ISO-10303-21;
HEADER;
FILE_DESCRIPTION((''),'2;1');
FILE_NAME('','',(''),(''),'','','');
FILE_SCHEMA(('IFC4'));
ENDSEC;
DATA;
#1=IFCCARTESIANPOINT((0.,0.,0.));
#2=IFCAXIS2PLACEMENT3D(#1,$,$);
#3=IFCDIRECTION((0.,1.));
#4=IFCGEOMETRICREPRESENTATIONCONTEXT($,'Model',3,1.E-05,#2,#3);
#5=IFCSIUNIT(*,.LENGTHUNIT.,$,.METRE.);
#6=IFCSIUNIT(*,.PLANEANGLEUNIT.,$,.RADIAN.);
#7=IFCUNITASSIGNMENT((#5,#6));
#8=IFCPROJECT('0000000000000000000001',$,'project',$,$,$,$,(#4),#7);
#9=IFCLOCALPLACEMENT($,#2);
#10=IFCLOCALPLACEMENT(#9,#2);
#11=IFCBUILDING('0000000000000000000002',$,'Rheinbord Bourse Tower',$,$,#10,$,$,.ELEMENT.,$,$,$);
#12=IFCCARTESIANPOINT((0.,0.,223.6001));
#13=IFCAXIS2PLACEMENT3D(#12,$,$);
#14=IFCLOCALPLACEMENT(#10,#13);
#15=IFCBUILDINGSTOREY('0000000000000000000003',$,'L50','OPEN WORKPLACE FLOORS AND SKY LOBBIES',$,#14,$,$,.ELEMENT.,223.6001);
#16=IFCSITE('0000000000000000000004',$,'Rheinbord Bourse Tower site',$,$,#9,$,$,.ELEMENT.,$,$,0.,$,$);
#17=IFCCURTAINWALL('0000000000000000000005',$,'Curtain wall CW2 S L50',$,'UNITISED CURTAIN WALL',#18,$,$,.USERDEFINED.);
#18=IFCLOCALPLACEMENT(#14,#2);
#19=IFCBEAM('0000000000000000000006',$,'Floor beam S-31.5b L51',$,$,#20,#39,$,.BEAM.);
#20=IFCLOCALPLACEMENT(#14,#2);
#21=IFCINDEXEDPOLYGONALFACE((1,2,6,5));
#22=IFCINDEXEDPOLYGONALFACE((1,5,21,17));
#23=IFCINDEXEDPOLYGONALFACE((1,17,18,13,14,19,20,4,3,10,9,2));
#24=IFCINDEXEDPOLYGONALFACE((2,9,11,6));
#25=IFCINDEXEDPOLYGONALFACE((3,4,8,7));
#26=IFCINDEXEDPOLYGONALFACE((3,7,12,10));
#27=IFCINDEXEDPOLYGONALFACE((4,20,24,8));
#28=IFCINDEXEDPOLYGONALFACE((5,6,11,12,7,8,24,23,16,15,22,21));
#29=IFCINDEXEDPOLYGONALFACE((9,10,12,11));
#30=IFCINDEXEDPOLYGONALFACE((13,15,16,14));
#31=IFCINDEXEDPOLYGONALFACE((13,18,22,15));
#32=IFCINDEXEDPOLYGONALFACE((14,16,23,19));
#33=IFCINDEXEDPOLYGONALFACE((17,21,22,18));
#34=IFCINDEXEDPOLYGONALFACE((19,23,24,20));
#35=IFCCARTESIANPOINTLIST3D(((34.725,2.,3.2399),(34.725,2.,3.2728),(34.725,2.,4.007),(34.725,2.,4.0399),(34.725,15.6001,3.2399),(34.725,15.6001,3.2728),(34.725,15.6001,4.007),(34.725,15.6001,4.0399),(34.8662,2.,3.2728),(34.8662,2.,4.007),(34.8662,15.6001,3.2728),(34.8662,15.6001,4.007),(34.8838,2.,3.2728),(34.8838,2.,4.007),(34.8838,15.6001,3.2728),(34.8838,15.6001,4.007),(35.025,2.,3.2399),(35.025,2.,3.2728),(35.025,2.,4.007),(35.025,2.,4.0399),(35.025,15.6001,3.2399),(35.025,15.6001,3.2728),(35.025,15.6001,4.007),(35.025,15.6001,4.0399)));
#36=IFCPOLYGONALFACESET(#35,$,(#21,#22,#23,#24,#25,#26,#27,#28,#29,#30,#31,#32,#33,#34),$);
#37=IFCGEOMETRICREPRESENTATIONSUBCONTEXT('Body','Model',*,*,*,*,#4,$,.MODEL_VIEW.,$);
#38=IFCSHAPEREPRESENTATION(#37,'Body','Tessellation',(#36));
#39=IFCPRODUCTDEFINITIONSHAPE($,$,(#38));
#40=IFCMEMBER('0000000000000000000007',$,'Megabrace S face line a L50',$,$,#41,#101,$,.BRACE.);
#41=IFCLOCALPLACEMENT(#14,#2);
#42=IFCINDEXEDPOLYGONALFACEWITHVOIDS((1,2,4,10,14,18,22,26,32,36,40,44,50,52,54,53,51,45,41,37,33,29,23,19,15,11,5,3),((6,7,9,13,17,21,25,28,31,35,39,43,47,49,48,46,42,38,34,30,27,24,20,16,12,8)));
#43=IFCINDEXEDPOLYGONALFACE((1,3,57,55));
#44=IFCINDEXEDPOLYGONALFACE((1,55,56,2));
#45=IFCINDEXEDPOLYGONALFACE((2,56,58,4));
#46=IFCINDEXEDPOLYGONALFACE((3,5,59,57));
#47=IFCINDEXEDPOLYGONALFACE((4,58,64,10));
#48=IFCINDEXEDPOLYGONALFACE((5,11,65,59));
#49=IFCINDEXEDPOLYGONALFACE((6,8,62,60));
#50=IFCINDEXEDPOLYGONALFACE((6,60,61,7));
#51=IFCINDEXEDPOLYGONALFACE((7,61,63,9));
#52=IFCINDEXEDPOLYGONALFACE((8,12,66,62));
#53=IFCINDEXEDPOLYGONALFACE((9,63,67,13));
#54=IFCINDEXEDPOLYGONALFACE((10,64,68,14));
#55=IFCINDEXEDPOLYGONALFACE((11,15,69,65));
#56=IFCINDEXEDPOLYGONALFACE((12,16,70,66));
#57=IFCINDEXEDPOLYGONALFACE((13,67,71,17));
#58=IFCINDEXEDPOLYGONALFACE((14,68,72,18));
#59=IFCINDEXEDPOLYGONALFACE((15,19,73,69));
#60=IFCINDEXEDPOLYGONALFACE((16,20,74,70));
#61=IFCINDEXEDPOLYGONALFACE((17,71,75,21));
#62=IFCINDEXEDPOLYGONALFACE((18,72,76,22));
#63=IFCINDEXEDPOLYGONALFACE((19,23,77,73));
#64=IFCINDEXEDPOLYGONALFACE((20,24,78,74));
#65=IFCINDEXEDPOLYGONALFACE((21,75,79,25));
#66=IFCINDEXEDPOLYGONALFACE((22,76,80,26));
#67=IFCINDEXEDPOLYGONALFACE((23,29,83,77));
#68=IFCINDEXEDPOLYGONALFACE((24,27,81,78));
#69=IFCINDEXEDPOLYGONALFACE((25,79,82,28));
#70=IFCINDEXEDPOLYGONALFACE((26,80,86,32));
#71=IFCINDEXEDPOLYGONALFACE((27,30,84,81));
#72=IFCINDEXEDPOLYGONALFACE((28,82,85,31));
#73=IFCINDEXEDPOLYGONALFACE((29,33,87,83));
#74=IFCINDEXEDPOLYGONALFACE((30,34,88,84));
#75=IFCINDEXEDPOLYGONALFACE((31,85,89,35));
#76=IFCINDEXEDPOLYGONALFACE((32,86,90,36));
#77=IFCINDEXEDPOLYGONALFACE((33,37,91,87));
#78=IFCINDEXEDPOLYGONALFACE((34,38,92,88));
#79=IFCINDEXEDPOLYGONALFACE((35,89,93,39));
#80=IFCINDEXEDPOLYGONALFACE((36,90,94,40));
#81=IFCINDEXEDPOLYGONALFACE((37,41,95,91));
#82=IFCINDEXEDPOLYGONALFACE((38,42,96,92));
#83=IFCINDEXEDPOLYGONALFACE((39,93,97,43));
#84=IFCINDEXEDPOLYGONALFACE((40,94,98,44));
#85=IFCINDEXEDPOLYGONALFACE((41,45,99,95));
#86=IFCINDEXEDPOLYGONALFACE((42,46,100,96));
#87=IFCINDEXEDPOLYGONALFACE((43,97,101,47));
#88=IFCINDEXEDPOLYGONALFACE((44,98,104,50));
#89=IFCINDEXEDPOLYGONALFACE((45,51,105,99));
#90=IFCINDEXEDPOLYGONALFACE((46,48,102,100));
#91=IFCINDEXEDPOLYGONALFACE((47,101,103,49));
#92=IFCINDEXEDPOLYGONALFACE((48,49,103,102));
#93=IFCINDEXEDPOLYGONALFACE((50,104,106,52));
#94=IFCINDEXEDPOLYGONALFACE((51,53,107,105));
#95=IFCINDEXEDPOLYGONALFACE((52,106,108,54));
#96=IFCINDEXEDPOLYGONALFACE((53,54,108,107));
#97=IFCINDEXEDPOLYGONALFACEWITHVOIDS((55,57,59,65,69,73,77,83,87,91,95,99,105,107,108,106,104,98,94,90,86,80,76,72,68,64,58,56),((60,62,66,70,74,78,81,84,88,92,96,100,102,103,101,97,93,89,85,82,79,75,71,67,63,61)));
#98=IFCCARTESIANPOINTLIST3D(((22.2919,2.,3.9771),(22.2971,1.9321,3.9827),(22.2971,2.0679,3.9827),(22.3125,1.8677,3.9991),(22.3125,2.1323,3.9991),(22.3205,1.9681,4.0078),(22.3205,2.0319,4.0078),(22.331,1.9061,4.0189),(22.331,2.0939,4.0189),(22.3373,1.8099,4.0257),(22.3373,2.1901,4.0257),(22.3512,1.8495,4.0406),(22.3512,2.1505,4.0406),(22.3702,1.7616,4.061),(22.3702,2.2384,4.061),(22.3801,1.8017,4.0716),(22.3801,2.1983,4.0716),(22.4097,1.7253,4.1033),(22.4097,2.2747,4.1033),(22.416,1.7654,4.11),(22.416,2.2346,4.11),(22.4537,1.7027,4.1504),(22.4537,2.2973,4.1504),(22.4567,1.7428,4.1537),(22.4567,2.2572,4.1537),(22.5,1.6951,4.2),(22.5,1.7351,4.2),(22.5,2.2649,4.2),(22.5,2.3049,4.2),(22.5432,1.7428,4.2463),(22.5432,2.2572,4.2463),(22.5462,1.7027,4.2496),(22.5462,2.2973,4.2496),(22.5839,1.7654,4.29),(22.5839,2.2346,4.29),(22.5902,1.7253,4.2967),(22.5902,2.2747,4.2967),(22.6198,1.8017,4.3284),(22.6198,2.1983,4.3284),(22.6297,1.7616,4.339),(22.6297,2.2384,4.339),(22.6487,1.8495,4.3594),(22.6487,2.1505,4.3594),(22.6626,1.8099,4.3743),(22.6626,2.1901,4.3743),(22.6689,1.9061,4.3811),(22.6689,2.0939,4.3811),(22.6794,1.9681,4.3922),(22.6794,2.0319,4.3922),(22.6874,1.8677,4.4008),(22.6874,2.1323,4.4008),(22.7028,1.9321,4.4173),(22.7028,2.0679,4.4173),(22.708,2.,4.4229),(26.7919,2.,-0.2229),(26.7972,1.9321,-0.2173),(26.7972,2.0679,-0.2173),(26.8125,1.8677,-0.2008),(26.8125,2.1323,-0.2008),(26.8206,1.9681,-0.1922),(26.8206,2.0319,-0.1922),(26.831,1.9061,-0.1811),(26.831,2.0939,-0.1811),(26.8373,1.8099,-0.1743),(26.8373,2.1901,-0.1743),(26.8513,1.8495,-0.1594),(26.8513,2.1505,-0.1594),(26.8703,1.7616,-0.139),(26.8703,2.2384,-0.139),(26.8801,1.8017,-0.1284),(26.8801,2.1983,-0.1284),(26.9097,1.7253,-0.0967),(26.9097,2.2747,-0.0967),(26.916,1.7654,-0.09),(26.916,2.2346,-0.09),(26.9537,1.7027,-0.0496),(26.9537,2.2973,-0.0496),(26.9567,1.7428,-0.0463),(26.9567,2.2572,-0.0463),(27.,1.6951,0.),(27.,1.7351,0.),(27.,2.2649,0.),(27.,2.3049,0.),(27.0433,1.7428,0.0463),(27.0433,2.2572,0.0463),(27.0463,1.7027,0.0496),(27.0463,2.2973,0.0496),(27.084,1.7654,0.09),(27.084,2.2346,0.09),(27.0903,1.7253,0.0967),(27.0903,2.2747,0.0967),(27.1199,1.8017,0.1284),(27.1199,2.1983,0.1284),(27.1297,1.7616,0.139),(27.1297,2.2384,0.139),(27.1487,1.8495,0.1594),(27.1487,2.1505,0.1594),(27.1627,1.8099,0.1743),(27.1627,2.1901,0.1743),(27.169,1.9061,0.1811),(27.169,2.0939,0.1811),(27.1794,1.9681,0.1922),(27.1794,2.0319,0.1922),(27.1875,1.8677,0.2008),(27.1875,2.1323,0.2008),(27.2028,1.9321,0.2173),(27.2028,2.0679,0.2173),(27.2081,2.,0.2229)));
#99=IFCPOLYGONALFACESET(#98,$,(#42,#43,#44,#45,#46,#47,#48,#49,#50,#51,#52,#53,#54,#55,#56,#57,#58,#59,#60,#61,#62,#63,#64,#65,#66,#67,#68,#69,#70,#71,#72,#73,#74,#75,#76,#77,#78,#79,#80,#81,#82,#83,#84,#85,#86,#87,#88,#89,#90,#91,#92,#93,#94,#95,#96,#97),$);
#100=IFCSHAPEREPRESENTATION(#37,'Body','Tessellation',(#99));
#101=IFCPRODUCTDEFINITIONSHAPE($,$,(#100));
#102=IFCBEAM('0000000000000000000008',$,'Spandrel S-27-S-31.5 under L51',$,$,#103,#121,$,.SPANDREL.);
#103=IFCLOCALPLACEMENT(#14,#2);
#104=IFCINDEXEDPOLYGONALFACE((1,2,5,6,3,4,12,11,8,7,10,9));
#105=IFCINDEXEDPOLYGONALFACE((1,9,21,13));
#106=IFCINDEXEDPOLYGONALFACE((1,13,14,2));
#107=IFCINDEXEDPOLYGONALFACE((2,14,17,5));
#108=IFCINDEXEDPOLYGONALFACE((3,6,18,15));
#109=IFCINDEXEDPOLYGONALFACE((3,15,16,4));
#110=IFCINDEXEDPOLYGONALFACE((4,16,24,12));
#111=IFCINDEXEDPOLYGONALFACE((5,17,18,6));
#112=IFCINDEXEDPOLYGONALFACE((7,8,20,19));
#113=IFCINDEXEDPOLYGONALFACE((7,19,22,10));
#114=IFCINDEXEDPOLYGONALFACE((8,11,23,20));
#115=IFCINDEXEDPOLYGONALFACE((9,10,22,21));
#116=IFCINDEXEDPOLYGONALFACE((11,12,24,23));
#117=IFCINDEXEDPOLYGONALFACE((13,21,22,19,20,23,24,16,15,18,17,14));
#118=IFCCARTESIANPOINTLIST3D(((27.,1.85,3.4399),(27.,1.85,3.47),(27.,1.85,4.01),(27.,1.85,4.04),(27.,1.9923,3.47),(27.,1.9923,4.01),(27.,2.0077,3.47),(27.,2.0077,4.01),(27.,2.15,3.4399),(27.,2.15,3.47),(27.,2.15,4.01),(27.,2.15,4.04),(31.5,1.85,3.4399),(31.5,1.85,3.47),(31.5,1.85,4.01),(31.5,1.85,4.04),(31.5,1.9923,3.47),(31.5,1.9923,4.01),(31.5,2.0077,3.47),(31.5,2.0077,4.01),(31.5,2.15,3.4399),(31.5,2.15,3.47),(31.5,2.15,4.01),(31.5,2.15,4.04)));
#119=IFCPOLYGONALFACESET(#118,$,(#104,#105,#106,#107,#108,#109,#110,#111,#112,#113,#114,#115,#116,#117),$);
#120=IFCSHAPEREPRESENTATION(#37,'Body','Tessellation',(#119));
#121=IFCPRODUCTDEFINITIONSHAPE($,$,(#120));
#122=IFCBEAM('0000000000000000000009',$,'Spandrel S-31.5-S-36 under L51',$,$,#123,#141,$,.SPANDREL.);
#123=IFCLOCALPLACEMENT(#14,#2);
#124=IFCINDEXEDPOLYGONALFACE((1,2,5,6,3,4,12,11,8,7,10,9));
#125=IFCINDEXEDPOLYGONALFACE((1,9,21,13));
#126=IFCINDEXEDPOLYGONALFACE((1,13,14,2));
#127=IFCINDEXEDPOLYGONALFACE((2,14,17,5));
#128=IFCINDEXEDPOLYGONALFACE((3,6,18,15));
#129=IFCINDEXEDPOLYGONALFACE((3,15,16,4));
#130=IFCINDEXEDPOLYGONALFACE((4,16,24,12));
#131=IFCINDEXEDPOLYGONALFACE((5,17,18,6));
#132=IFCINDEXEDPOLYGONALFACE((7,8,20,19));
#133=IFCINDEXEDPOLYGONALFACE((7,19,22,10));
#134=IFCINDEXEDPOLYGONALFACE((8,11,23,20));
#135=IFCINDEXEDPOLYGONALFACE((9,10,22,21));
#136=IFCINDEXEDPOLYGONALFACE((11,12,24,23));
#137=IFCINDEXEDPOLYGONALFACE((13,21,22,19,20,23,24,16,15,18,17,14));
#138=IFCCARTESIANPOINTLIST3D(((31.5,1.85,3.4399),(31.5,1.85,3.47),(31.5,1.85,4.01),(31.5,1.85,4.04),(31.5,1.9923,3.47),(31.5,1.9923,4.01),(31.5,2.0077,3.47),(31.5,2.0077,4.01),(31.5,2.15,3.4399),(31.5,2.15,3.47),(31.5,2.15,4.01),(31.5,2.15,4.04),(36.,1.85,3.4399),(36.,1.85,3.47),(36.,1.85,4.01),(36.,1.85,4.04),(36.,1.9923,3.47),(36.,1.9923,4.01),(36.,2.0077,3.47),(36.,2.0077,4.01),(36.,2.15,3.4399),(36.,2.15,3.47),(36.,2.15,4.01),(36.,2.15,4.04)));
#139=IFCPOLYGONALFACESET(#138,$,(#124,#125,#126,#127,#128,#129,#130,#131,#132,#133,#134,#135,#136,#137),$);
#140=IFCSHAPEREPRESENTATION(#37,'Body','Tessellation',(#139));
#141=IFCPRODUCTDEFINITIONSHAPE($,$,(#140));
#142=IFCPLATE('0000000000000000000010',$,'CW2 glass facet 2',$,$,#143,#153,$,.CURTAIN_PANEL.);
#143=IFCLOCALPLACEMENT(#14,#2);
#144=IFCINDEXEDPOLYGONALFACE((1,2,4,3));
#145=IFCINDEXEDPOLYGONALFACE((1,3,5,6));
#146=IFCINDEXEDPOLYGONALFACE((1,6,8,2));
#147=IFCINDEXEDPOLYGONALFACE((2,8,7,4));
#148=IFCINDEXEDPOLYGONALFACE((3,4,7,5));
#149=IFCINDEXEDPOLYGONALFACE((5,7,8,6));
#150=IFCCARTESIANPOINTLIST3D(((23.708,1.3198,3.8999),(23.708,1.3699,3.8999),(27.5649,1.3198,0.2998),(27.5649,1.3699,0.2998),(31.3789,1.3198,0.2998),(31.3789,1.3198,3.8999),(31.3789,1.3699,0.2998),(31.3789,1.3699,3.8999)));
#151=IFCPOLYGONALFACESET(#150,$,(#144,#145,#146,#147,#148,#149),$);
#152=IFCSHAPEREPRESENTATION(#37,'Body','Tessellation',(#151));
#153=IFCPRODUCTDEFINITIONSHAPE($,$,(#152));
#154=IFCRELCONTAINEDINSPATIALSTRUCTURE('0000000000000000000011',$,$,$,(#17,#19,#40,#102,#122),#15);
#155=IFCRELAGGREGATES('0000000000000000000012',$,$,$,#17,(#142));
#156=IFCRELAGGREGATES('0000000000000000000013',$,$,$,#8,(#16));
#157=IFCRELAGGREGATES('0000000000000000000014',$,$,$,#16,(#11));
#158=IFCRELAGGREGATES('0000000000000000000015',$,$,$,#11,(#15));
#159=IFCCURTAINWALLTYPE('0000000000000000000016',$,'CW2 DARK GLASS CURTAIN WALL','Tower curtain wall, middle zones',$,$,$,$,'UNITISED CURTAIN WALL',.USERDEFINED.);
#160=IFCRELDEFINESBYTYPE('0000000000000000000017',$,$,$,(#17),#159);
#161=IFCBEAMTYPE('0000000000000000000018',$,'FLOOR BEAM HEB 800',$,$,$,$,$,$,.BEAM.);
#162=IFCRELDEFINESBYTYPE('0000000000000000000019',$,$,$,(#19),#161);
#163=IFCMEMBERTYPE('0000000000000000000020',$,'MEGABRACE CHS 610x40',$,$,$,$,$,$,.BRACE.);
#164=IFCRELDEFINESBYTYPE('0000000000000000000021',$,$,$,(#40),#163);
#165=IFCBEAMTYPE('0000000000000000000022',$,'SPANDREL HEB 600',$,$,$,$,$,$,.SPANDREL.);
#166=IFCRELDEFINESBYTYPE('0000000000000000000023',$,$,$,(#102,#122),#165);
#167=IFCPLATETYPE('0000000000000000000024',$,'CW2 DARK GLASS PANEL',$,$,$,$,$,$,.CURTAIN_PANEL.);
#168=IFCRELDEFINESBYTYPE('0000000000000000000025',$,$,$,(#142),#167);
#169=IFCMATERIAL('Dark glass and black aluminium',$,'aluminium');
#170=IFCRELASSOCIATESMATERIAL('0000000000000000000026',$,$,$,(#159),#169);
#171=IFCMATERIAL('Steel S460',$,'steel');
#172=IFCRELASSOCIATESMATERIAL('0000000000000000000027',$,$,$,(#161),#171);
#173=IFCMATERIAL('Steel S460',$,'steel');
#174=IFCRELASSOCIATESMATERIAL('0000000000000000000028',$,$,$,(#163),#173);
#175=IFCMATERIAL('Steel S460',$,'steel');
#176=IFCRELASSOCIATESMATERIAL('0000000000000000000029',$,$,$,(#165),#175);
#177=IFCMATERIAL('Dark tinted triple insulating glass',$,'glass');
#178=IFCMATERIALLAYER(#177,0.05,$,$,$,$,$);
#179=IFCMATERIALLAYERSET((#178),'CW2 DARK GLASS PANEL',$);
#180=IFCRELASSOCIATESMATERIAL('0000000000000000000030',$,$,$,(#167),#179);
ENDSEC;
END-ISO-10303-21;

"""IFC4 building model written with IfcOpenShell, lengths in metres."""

from ifc_helpers import new_model, si_unit, direction, frame, origin, origin_2d, place, context, subcontext, project, spatial, polyline, hollow_circle, i_section, outline, extrude, material, layer, layer_set, material_profile, profile_set, type_object, element, aggregate, save


model = new_model("IFC4")

# Units and contexts
model_context = context("Model", 3, precision=1e-05, world=origin(), true_north=direction((0.0, 1.0)))
body_context = subcontext(model_context, "Body", "Model", "MODEL_VIEW")
ifc_project = project(units=[si_unit("LENGTHUNIT", "METRE"), si_unit("PLANEANGLEUNIT", "RADIAN")], contexts=[model_context])

# Site, building, storey
site_placement = place(None, origin())
site = spatial("IfcSite", under=ifc_project, at=site_placement, Name="Rheinbord Bourse Tower site", CompositionType="ELEMENT", RefElevation=0.0)
building_placement = place(site_placement, origin())
building = spatial("IfcBuilding", under=site, at=building_placement, Name="Rheinbord Bourse Tower", CompositionType="ELEMENT")
storey_placement = place(building_placement, frame((0.0, 0.0, 223.6001)))
storey = spatial("IfcBuildingStorey", under=building, at=storey_placement, Name="L50", Description="OPEN WORKPLACE FLOORS AND SKY LOBBIES", CompositionType="ELEMENT", Elevation=223.6001)

# Curtain wall
ifc_material_1 = material(Name="Dark glass and black aluminium", Category="aluminium")
curtain_wall_type = type_object("IfcCurtainWallType", Name="CW2 DARK GLASS CURTAIN WALL", Description="Tower curtain wall, middle zones", ElementType="UNITISED CURTAIN WALL", PredefinedType="USERDEFINED", material=ifc_material_1)
curtain_wall_placement = place(storey_placement, origin())
curtain_wall = element("IfcCurtainWall", 1, at=curtain_wall_placement, inside=storey, type_object=curtain_wall_type, Name="Curtain wall CW2 S L50", ObjectType="UNITISED CURTAIN WALL", PredefinedType="USERDEFINED")

# Beam
ifc_material_2 = material(Name="Steel S460", Category="steel")
ifc_material_profile_1 = material_profile(ifc_material_2, i_section(OverallWidth=0.3, OverallDepth=0.8, WebThickness=0.0176, FlangeThickness=0.033, at=origin_2d()), Name="HEB 800")
ifc_profile_set_1 = profile_set([ifc_material_profile_1], Name="Steel S460")
beam_type_1 = type_object("IfcBeamType", Name="FLOOR BEAM HEB 800", PredefinedType="BEAM", material=ifc_profile_set_1)
for number, where, z_axis, x_axis, name in (
    (2, (34.875, 2.0, 3.6399), (0.0, 1.0, 0.0), (-1.0, 0.0, 0.0), "Floor beam S-31.5b L51"),
):
    element("IfcBeam", number, at=place(storey_placement, frame(where, z_axis=z_axis, x_axis=x_axis)), inside=storey, type_object=beam_type_1, Name=name, PredefinedType="BEAM", context=body_context, shape_type="SweptSolid", body=[
        extrude(i_section(OverallWidth=0.3, OverallDepth=0.8, WebThickness=0.0176, FlangeThickness=0.033, at=origin_2d()), origin(), (0.0, 0.0, 1.0), 13.6001),
    ])

# Member
ifc_material_3 = material(Name="Steel S460", Category="steel")
ifc_material_profile_2 = material_profile(ifc_material_3, hollow_circle(Radius=0.3049, WallThickness=0.04, at=origin_2d()), Name="CHS 610x40")
ifc_profile_set_2 = profile_set([ifc_material_profile_2], Name="Steel S460")
member_type_1 = type_object("IfcMemberType", Name="MEGABRACE CHS 610x40", PredefinedType="BRACE", material=ifc_profile_set_2)
member_1_placement = place(storey_placement, frame((27.0, 2.0, 0.0), z_axis=(-0.731059, 0.0, 0.682314), x_axis=(0.0, -1.0, 0.0)))
element("IfcMember", 3, at=member_1_placement, inside=storey, type_object=member_type_1, Name="Megabrace S face line a L50", PredefinedType="BRACE", context=body_context, shape_type="SweptSolid", body=[
    extrude(hollow_circle(Radius=0.3049, WallThickness=0.04, at=origin_2d()), origin(), (0.0, 0.0, 1.0), 6.1555),
])

# Beams
ifc_material_4 = material(Name="Steel S460", Category="steel")
ifc_material_profile_3 = material_profile(ifc_material_4, i_section(OverallWidth=0.3, OverallDepth=0.6001, WebThickness=0.0154, FlangeThickness=0.03, at=origin_2d()), Name="HEB 600")
ifc_profile_set_3 = profile_set([ifc_material_profile_3], Name="Steel S460")
beam_type_2 = type_object("IfcBeamType", Name="SPANDREL HEB 600", PredefinedType="SPANDREL", material=ifc_profile_set_3)
for number, where, z_axis, x_axis, name in (
    (4, (27.0, 2.0, 3.74), (1.0, 0.0, 0.0), (0.0, 1.0, 0.0), "Spandrel S-27-S-31.5 under L51"),
    (5, (31.5, 2.0, 3.74), (1.0, 0.0, 0.0), (0.0, 1.0, 0.0), "Spandrel S-31.5-S-36 under L51"),
):
    element("IfcBeam", number, at=place(storey_placement, frame(where, z_axis=z_axis, x_axis=x_axis)), inside=storey, type_object=beam_type_2, Name=name, PredefinedType="SPANDREL", context=body_context, shape_type="SweptSolid", body=[
        extrude(i_section(OverallWidth=0.3, OverallDepth=0.6001, WebThickness=0.0154, FlangeThickness=0.03, at=origin_2d()), origin(), (0.0, 0.0, 1.0), 4.5),
    ])

# Plate
ifc_material_5 = material(Name="Dark tinted triple insulating glass", Category="glass")
ifc_layer = layer(ifc_material_5, 0.05)
ifc_layer_set = layer_set([ifc_layer], Name="CW2 DARK GLASS PANEL")
plate_type = type_object("IfcPlateType", Name="CW2 DARK GLASS PANEL", PredefinedType="CURTAIN_PANEL", material=ifc_layer_set)
plate_placement = place(storey_placement, frame((31.3789, 1.3198, 3.8999), z_axis=(0.0, 1.0, 0.0), x_axis=(0.0, 0.0, -1.0)))
plate = element("IfcPlate", 6, at=plate_placement, type_object=plate_type, Name="CW2 glass facet 2", PredefinedType="CURTAIN_PANEL", context=body_context, shape_type="SweptSolid", body=[
    extrude(outline(polyline([(0.0, 0.0), (3.6001, 0.0), (3.6001, 3.814), (0.0, 7.6709), (0.0, 0.0)])), origin(), (0.0, 0.0, 1.0), 0.05),
])
aggregate(curtain_wall, [plate])

save(model, "model.ifc")
